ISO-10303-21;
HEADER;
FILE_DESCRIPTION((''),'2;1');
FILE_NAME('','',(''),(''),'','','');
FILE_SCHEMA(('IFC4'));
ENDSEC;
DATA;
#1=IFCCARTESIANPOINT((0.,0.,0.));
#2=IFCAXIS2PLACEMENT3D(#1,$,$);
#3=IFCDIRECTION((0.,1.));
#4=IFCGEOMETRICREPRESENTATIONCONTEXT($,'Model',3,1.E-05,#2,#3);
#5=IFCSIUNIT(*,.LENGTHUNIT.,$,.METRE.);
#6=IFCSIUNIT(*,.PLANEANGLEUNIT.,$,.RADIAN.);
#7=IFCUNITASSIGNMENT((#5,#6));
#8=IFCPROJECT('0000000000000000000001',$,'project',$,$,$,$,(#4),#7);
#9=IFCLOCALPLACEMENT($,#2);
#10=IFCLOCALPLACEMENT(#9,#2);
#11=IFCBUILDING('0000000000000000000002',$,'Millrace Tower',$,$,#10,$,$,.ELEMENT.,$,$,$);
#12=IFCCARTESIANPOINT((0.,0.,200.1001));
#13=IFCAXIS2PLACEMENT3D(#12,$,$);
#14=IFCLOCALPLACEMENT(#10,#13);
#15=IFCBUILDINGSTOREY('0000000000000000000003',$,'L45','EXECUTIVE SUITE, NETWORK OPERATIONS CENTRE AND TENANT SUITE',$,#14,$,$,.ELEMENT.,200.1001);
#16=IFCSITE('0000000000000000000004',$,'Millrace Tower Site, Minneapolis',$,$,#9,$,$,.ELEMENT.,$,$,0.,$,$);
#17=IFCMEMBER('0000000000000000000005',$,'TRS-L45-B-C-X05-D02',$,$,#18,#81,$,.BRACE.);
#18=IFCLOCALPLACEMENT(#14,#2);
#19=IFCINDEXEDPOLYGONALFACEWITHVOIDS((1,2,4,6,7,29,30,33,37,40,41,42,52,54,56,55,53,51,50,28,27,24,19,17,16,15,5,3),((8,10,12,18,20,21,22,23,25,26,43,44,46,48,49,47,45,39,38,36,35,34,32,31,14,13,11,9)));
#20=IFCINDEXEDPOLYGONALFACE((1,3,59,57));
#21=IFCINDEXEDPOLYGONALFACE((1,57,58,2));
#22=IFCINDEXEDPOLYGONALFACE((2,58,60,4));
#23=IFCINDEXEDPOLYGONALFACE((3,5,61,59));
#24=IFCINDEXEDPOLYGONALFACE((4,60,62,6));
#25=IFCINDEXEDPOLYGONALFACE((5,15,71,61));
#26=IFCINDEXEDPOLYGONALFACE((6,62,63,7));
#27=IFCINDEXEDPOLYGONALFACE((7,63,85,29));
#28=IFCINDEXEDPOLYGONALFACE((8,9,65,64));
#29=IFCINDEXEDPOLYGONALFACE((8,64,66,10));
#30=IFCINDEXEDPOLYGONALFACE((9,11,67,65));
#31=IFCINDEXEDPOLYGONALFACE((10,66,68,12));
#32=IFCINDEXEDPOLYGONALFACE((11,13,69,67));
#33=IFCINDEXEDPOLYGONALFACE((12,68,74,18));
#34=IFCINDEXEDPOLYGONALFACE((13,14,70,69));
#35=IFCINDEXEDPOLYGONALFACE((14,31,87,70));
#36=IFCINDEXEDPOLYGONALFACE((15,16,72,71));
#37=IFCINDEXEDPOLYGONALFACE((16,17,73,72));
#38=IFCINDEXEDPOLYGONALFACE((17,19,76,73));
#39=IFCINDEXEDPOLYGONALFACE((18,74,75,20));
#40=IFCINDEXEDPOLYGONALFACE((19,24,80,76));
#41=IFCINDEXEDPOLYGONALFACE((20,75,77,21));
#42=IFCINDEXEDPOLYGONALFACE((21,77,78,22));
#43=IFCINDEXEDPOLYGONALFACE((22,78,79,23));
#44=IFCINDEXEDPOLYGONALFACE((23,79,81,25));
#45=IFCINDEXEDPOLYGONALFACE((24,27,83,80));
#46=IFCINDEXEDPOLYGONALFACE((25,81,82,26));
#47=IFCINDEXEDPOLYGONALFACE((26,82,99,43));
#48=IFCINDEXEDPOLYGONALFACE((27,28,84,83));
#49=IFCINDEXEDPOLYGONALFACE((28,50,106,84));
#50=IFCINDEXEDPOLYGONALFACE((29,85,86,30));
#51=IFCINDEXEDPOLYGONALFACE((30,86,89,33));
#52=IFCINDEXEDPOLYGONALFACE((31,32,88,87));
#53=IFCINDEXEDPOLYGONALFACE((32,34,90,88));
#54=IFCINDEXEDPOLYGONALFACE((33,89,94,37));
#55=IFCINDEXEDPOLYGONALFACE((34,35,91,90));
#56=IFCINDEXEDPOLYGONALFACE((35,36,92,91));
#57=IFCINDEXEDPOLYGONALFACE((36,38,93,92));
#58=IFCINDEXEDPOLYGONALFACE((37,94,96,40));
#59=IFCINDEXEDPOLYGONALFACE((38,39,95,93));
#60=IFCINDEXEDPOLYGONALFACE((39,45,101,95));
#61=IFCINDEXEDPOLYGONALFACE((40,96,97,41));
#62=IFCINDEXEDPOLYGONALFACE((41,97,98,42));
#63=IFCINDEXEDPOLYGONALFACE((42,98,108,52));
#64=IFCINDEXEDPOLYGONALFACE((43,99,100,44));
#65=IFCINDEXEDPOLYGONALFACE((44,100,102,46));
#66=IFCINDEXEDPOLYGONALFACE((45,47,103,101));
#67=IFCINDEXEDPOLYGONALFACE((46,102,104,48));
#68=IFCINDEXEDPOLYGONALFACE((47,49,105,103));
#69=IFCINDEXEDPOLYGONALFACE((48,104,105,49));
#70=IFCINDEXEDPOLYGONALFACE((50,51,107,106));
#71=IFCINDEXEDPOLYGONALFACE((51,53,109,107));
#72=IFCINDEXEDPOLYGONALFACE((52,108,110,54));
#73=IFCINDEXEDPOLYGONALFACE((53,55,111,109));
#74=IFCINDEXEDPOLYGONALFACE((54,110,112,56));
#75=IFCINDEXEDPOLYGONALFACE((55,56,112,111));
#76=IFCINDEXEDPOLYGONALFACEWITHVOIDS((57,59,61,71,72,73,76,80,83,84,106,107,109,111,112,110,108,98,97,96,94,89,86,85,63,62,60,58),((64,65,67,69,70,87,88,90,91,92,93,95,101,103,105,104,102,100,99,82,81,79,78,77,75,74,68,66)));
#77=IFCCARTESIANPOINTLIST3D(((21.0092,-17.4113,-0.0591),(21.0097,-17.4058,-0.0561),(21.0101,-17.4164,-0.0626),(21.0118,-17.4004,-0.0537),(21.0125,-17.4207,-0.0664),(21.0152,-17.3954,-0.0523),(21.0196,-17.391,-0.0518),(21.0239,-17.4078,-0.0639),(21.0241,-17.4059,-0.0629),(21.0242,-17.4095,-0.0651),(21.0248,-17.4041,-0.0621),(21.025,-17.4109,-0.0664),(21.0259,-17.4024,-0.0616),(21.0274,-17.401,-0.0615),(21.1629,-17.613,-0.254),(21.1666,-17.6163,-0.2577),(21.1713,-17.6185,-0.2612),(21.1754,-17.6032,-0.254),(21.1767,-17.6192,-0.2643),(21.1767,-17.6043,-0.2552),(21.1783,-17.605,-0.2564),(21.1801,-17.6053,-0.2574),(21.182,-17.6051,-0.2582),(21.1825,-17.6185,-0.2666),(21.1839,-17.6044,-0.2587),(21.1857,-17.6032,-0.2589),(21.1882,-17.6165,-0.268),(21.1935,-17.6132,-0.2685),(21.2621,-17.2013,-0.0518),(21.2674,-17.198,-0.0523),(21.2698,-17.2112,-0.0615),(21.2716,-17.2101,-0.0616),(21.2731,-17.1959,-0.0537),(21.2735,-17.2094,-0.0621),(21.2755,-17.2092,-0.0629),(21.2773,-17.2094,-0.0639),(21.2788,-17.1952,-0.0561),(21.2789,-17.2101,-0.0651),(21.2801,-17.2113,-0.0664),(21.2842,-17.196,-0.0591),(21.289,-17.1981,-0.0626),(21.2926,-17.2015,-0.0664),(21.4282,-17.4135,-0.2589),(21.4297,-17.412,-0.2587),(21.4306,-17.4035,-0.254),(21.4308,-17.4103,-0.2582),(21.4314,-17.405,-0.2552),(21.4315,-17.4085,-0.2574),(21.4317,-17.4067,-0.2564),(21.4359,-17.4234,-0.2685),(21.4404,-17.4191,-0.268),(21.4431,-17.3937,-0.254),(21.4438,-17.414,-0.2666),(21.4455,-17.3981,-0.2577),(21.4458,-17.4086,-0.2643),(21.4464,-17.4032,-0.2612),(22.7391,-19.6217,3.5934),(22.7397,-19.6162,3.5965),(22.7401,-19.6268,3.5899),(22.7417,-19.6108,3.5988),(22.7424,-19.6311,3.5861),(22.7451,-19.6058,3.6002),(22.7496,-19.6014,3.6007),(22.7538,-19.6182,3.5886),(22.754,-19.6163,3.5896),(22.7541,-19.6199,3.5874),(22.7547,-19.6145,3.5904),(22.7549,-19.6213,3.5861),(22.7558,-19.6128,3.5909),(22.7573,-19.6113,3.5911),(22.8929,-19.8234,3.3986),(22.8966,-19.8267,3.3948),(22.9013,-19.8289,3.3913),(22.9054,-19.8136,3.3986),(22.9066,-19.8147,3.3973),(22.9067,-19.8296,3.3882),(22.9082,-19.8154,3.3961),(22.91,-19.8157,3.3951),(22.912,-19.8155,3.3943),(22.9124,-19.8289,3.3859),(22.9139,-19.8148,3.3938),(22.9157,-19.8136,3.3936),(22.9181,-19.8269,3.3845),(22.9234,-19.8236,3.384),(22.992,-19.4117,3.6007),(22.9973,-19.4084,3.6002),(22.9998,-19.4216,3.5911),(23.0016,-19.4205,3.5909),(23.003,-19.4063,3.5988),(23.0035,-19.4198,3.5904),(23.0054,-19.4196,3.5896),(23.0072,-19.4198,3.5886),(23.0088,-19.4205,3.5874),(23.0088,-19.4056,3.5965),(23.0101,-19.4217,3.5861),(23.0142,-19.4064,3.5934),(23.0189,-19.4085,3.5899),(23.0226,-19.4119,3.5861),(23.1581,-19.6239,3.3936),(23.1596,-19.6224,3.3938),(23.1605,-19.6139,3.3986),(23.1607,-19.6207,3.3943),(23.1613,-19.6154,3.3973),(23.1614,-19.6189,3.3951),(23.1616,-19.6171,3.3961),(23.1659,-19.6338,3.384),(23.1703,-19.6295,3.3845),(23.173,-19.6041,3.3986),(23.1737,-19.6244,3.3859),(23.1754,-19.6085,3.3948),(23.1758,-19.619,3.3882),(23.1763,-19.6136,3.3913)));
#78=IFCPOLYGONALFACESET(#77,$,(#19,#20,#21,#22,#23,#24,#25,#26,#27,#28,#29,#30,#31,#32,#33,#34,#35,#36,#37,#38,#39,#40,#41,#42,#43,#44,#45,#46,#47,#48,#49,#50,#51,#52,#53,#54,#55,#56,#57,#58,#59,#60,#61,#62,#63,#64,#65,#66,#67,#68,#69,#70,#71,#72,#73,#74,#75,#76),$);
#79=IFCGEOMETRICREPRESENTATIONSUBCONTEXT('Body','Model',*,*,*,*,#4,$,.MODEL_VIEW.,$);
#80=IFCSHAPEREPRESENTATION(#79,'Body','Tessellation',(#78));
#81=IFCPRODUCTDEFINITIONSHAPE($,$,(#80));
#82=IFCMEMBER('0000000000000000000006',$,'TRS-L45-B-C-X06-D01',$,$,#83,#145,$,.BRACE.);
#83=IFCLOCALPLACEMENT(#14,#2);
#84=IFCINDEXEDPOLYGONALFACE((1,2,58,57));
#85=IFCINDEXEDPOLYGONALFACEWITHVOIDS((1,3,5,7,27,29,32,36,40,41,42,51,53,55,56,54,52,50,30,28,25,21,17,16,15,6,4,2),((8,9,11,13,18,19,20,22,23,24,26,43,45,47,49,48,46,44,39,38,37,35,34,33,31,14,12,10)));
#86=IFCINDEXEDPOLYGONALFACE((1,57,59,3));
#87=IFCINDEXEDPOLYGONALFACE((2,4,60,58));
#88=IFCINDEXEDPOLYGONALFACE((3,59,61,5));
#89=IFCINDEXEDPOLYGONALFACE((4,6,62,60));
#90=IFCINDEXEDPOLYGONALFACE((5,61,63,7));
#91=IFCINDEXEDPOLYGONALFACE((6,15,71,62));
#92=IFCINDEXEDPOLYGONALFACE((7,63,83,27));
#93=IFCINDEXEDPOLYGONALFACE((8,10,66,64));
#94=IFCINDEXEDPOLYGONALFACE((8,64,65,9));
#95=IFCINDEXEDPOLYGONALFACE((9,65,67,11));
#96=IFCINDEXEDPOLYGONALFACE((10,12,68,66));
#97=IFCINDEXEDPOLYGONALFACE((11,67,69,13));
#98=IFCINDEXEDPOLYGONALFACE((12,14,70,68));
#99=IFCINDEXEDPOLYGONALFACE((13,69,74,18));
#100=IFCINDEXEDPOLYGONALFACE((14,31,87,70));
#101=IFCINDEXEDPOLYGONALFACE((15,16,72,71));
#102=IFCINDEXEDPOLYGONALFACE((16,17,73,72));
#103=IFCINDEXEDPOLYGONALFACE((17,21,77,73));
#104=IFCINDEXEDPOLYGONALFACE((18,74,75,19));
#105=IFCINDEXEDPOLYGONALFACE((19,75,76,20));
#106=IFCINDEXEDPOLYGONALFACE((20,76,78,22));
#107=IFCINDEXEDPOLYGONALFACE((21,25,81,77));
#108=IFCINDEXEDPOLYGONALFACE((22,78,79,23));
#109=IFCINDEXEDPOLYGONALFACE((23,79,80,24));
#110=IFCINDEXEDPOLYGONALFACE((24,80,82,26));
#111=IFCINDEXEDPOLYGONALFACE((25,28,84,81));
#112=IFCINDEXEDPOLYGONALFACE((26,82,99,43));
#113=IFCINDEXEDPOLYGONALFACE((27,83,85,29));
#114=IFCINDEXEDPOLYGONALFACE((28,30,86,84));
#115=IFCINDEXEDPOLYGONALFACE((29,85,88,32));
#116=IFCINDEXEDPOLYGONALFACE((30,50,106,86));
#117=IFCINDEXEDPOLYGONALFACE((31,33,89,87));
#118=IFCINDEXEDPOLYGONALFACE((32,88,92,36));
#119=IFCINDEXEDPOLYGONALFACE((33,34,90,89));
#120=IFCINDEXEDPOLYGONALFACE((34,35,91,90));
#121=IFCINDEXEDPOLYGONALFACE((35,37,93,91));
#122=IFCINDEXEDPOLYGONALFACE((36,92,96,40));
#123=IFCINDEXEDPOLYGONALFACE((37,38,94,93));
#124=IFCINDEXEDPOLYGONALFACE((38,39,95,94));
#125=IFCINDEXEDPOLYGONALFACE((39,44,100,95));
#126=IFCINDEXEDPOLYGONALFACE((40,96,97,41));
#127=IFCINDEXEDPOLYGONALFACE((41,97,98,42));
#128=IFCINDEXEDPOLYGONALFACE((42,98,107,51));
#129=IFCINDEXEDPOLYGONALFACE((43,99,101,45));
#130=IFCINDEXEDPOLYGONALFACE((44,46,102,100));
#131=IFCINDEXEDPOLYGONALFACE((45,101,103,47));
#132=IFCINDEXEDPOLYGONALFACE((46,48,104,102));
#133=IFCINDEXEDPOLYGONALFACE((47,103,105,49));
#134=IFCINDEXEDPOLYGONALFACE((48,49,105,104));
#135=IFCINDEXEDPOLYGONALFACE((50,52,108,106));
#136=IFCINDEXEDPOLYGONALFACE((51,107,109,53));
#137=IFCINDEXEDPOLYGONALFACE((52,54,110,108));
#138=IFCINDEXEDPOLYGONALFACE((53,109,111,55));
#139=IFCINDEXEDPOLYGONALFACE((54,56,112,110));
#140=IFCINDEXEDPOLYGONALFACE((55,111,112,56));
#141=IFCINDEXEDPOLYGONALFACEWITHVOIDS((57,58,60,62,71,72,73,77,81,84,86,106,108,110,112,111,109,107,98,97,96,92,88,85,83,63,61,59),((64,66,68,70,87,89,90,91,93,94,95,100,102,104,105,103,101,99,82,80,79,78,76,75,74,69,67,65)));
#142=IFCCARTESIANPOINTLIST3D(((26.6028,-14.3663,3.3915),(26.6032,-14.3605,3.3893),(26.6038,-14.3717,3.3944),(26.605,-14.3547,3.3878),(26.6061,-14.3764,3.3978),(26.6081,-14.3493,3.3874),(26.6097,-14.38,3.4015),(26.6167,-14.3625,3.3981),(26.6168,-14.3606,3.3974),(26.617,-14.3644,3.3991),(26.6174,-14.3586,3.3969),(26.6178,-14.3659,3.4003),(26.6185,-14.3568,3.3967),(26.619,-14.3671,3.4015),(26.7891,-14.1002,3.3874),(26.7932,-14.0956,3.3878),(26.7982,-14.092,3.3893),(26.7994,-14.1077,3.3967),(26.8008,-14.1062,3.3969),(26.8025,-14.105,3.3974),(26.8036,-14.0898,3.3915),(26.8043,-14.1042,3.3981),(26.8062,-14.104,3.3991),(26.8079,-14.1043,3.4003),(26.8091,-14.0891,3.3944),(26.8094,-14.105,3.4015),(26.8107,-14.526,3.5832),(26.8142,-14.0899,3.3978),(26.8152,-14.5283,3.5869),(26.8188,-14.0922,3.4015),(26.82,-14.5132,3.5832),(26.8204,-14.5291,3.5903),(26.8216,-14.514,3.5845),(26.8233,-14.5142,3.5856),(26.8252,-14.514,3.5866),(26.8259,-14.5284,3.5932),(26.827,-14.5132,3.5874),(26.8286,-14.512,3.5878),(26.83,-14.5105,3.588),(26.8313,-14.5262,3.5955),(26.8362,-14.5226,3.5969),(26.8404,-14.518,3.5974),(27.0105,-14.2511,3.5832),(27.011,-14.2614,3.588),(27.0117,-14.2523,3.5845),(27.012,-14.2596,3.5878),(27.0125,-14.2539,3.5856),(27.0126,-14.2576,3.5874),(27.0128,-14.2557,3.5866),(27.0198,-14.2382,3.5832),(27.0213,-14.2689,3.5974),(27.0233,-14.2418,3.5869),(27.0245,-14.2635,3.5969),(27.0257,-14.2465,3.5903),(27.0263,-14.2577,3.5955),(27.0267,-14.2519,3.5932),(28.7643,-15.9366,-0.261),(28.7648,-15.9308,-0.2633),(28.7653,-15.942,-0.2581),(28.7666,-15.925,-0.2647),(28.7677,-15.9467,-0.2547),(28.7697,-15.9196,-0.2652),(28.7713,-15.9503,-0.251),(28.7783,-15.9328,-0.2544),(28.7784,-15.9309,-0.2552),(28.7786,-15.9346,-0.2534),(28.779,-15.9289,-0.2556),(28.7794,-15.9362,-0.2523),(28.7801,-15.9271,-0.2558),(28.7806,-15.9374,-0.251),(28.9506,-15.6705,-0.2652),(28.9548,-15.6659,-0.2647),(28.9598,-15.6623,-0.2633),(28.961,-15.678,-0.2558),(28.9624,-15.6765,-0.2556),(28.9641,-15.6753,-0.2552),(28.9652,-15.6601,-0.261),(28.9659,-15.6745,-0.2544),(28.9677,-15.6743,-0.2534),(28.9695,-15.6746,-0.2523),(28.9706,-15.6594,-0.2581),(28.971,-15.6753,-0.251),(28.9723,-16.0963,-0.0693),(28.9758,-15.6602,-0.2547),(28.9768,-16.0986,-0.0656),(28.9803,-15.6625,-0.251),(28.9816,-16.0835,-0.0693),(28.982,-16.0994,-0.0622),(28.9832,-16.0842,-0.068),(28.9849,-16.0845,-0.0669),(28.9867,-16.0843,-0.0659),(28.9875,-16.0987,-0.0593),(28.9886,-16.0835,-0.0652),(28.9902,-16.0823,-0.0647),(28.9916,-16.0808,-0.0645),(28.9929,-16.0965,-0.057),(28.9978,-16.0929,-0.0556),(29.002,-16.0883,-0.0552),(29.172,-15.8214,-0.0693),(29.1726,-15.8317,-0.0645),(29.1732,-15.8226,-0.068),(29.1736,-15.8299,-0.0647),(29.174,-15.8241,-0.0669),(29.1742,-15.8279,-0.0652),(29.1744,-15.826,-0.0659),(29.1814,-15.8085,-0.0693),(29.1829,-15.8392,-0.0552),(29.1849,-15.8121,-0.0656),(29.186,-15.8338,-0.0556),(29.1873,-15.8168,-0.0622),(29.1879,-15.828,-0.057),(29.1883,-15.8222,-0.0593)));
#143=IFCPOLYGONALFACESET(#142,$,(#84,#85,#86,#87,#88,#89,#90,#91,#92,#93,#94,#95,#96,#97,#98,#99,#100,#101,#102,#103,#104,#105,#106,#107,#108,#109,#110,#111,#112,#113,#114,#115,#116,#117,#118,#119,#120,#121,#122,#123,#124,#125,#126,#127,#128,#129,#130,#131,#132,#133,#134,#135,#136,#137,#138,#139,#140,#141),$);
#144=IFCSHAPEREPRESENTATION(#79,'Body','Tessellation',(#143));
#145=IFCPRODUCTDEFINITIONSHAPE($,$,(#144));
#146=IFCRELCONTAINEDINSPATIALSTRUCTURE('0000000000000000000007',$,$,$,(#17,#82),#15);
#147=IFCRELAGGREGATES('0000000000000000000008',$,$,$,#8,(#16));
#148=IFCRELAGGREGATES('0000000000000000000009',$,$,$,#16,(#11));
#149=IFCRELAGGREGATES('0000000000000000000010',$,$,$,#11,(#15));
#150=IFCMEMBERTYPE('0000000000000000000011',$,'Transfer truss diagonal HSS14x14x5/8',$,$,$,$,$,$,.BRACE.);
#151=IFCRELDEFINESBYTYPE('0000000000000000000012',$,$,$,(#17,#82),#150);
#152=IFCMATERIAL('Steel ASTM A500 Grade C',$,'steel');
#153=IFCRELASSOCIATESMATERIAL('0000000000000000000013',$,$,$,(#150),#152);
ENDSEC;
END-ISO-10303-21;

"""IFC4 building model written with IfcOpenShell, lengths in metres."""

from ifc_helpers import new_model, si_unit, direction, frame, origin, origin_2d, place, context, subcontext, project, spatial, hollow_rectangle, extrude, material, material_profile, profile_set, type_object, element, save


model = new_model("IFC4")

# Units and contexts
model_context = context("Model", 3, precision=1e-05, world=origin(), true_north=direction((0.0, 1.0)))
body_context = subcontext(model_context, "Body", "Model", "MODEL_VIEW")
ifc_project = project(units=[si_unit("LENGTHUNIT", "METRE"), si_unit("PLANEANGLEUNIT", "RADIAN")], contexts=[model_context])

# Site, building, storey
site_placement = place(None, origin())
site = spatial("IfcSite", under=ifc_project, at=site_placement, Name="Millrace Tower Site, Minneapolis", CompositionType="ELEMENT", RefElevation=0.0)
building_placement = place(site_placement, origin())
building = spatial("IfcBuilding", under=site, at=building_placement, Name="Millrace Tower", CompositionType="ELEMENT")
storey_placement = place(building_placement, frame((0.0, 0.0, 200.1001)))
storey = spatial("IfcBuildingStorey", under=building, at=storey_placement, Name="L45", Description="EXECUTIVE SUITE, NETWORK OPERATIONS CENTRE AND TENANT SUITE", CompositionType="ELEMENT", Elevation=200.1001)

# Members
ifc_material_1 = material(Name="Steel ASTM A500 Grade C", Category="steel")
ifc_material_profile_1 = material_profile(ifc_material_1, hollow_rectangle(XDim=0.3557, YDim=0.3557, WallThickness=0.0159, InnerFilletRadius=0.0081, OuterFilletRadius=0.0239, at=origin_2d()))
ifc_profile_set_1 = profile_set([ifc_material_profile_1], Name="Steel ASTM A500 Grade C")
member_type_1 = type_object("IfcMemberType", Name="Transfer truss diagonal HSS14x14x5/8", PredefinedType="BRACE", material=ifc_profile_set_1)
for number, where, z_axis, x_axis, name in (
    (1, (21.2278, -17.4072, -0.1602), (0.375548, -0.479849, 0.792912), (0.787494, 0.616322, 0.0), "TRS-L45-B-C-X05-D02"),
):
    element("IfcMember", number, at=place(storey_placement, frame(where, z_axis=z_axis, x_axis=x_axis)), inside=storey, type_object=member_type_1, Name=name, PredefinedType="BRACE", context=body_context, shape_type="SweptSolid", body=[
        extrude(hollow_rectangle(XDim=0.3557, YDim=0.3557, WallThickness=0.0159, InnerFilletRadius=0.0081, OuterFilletRadius=0.0239, at=origin_2d()), origin(), (0.0, 0.0, 1.0), 4.6064),
    ])
member_1_placement = place(storey_placement, frame((28.9763, -15.8794, -0.1602), z_axis=(-0.477657, 0.346994, 0.807118), x_axis=(-0.587737, -0.809052, 0.0)))
element("IfcMember", 2, at=member_1_placement, inside=storey, type_object=member_type_1, Name="TRS-L45-B-C-X06-D01", PredefinedType="BRACE", context=body_context, shape_type="SweptSolid", body=[
    extrude(hollow_rectangle(XDim=0.3557, YDim=0.3557, WallThickness=0.0159, InnerFilletRadius=0.0081, OuterFilletRadius=0.0239, at=origin_2d()), origin(), (0.0, 0.0, 1.0), 4.5254),
])

save(model, "model.ifc")
